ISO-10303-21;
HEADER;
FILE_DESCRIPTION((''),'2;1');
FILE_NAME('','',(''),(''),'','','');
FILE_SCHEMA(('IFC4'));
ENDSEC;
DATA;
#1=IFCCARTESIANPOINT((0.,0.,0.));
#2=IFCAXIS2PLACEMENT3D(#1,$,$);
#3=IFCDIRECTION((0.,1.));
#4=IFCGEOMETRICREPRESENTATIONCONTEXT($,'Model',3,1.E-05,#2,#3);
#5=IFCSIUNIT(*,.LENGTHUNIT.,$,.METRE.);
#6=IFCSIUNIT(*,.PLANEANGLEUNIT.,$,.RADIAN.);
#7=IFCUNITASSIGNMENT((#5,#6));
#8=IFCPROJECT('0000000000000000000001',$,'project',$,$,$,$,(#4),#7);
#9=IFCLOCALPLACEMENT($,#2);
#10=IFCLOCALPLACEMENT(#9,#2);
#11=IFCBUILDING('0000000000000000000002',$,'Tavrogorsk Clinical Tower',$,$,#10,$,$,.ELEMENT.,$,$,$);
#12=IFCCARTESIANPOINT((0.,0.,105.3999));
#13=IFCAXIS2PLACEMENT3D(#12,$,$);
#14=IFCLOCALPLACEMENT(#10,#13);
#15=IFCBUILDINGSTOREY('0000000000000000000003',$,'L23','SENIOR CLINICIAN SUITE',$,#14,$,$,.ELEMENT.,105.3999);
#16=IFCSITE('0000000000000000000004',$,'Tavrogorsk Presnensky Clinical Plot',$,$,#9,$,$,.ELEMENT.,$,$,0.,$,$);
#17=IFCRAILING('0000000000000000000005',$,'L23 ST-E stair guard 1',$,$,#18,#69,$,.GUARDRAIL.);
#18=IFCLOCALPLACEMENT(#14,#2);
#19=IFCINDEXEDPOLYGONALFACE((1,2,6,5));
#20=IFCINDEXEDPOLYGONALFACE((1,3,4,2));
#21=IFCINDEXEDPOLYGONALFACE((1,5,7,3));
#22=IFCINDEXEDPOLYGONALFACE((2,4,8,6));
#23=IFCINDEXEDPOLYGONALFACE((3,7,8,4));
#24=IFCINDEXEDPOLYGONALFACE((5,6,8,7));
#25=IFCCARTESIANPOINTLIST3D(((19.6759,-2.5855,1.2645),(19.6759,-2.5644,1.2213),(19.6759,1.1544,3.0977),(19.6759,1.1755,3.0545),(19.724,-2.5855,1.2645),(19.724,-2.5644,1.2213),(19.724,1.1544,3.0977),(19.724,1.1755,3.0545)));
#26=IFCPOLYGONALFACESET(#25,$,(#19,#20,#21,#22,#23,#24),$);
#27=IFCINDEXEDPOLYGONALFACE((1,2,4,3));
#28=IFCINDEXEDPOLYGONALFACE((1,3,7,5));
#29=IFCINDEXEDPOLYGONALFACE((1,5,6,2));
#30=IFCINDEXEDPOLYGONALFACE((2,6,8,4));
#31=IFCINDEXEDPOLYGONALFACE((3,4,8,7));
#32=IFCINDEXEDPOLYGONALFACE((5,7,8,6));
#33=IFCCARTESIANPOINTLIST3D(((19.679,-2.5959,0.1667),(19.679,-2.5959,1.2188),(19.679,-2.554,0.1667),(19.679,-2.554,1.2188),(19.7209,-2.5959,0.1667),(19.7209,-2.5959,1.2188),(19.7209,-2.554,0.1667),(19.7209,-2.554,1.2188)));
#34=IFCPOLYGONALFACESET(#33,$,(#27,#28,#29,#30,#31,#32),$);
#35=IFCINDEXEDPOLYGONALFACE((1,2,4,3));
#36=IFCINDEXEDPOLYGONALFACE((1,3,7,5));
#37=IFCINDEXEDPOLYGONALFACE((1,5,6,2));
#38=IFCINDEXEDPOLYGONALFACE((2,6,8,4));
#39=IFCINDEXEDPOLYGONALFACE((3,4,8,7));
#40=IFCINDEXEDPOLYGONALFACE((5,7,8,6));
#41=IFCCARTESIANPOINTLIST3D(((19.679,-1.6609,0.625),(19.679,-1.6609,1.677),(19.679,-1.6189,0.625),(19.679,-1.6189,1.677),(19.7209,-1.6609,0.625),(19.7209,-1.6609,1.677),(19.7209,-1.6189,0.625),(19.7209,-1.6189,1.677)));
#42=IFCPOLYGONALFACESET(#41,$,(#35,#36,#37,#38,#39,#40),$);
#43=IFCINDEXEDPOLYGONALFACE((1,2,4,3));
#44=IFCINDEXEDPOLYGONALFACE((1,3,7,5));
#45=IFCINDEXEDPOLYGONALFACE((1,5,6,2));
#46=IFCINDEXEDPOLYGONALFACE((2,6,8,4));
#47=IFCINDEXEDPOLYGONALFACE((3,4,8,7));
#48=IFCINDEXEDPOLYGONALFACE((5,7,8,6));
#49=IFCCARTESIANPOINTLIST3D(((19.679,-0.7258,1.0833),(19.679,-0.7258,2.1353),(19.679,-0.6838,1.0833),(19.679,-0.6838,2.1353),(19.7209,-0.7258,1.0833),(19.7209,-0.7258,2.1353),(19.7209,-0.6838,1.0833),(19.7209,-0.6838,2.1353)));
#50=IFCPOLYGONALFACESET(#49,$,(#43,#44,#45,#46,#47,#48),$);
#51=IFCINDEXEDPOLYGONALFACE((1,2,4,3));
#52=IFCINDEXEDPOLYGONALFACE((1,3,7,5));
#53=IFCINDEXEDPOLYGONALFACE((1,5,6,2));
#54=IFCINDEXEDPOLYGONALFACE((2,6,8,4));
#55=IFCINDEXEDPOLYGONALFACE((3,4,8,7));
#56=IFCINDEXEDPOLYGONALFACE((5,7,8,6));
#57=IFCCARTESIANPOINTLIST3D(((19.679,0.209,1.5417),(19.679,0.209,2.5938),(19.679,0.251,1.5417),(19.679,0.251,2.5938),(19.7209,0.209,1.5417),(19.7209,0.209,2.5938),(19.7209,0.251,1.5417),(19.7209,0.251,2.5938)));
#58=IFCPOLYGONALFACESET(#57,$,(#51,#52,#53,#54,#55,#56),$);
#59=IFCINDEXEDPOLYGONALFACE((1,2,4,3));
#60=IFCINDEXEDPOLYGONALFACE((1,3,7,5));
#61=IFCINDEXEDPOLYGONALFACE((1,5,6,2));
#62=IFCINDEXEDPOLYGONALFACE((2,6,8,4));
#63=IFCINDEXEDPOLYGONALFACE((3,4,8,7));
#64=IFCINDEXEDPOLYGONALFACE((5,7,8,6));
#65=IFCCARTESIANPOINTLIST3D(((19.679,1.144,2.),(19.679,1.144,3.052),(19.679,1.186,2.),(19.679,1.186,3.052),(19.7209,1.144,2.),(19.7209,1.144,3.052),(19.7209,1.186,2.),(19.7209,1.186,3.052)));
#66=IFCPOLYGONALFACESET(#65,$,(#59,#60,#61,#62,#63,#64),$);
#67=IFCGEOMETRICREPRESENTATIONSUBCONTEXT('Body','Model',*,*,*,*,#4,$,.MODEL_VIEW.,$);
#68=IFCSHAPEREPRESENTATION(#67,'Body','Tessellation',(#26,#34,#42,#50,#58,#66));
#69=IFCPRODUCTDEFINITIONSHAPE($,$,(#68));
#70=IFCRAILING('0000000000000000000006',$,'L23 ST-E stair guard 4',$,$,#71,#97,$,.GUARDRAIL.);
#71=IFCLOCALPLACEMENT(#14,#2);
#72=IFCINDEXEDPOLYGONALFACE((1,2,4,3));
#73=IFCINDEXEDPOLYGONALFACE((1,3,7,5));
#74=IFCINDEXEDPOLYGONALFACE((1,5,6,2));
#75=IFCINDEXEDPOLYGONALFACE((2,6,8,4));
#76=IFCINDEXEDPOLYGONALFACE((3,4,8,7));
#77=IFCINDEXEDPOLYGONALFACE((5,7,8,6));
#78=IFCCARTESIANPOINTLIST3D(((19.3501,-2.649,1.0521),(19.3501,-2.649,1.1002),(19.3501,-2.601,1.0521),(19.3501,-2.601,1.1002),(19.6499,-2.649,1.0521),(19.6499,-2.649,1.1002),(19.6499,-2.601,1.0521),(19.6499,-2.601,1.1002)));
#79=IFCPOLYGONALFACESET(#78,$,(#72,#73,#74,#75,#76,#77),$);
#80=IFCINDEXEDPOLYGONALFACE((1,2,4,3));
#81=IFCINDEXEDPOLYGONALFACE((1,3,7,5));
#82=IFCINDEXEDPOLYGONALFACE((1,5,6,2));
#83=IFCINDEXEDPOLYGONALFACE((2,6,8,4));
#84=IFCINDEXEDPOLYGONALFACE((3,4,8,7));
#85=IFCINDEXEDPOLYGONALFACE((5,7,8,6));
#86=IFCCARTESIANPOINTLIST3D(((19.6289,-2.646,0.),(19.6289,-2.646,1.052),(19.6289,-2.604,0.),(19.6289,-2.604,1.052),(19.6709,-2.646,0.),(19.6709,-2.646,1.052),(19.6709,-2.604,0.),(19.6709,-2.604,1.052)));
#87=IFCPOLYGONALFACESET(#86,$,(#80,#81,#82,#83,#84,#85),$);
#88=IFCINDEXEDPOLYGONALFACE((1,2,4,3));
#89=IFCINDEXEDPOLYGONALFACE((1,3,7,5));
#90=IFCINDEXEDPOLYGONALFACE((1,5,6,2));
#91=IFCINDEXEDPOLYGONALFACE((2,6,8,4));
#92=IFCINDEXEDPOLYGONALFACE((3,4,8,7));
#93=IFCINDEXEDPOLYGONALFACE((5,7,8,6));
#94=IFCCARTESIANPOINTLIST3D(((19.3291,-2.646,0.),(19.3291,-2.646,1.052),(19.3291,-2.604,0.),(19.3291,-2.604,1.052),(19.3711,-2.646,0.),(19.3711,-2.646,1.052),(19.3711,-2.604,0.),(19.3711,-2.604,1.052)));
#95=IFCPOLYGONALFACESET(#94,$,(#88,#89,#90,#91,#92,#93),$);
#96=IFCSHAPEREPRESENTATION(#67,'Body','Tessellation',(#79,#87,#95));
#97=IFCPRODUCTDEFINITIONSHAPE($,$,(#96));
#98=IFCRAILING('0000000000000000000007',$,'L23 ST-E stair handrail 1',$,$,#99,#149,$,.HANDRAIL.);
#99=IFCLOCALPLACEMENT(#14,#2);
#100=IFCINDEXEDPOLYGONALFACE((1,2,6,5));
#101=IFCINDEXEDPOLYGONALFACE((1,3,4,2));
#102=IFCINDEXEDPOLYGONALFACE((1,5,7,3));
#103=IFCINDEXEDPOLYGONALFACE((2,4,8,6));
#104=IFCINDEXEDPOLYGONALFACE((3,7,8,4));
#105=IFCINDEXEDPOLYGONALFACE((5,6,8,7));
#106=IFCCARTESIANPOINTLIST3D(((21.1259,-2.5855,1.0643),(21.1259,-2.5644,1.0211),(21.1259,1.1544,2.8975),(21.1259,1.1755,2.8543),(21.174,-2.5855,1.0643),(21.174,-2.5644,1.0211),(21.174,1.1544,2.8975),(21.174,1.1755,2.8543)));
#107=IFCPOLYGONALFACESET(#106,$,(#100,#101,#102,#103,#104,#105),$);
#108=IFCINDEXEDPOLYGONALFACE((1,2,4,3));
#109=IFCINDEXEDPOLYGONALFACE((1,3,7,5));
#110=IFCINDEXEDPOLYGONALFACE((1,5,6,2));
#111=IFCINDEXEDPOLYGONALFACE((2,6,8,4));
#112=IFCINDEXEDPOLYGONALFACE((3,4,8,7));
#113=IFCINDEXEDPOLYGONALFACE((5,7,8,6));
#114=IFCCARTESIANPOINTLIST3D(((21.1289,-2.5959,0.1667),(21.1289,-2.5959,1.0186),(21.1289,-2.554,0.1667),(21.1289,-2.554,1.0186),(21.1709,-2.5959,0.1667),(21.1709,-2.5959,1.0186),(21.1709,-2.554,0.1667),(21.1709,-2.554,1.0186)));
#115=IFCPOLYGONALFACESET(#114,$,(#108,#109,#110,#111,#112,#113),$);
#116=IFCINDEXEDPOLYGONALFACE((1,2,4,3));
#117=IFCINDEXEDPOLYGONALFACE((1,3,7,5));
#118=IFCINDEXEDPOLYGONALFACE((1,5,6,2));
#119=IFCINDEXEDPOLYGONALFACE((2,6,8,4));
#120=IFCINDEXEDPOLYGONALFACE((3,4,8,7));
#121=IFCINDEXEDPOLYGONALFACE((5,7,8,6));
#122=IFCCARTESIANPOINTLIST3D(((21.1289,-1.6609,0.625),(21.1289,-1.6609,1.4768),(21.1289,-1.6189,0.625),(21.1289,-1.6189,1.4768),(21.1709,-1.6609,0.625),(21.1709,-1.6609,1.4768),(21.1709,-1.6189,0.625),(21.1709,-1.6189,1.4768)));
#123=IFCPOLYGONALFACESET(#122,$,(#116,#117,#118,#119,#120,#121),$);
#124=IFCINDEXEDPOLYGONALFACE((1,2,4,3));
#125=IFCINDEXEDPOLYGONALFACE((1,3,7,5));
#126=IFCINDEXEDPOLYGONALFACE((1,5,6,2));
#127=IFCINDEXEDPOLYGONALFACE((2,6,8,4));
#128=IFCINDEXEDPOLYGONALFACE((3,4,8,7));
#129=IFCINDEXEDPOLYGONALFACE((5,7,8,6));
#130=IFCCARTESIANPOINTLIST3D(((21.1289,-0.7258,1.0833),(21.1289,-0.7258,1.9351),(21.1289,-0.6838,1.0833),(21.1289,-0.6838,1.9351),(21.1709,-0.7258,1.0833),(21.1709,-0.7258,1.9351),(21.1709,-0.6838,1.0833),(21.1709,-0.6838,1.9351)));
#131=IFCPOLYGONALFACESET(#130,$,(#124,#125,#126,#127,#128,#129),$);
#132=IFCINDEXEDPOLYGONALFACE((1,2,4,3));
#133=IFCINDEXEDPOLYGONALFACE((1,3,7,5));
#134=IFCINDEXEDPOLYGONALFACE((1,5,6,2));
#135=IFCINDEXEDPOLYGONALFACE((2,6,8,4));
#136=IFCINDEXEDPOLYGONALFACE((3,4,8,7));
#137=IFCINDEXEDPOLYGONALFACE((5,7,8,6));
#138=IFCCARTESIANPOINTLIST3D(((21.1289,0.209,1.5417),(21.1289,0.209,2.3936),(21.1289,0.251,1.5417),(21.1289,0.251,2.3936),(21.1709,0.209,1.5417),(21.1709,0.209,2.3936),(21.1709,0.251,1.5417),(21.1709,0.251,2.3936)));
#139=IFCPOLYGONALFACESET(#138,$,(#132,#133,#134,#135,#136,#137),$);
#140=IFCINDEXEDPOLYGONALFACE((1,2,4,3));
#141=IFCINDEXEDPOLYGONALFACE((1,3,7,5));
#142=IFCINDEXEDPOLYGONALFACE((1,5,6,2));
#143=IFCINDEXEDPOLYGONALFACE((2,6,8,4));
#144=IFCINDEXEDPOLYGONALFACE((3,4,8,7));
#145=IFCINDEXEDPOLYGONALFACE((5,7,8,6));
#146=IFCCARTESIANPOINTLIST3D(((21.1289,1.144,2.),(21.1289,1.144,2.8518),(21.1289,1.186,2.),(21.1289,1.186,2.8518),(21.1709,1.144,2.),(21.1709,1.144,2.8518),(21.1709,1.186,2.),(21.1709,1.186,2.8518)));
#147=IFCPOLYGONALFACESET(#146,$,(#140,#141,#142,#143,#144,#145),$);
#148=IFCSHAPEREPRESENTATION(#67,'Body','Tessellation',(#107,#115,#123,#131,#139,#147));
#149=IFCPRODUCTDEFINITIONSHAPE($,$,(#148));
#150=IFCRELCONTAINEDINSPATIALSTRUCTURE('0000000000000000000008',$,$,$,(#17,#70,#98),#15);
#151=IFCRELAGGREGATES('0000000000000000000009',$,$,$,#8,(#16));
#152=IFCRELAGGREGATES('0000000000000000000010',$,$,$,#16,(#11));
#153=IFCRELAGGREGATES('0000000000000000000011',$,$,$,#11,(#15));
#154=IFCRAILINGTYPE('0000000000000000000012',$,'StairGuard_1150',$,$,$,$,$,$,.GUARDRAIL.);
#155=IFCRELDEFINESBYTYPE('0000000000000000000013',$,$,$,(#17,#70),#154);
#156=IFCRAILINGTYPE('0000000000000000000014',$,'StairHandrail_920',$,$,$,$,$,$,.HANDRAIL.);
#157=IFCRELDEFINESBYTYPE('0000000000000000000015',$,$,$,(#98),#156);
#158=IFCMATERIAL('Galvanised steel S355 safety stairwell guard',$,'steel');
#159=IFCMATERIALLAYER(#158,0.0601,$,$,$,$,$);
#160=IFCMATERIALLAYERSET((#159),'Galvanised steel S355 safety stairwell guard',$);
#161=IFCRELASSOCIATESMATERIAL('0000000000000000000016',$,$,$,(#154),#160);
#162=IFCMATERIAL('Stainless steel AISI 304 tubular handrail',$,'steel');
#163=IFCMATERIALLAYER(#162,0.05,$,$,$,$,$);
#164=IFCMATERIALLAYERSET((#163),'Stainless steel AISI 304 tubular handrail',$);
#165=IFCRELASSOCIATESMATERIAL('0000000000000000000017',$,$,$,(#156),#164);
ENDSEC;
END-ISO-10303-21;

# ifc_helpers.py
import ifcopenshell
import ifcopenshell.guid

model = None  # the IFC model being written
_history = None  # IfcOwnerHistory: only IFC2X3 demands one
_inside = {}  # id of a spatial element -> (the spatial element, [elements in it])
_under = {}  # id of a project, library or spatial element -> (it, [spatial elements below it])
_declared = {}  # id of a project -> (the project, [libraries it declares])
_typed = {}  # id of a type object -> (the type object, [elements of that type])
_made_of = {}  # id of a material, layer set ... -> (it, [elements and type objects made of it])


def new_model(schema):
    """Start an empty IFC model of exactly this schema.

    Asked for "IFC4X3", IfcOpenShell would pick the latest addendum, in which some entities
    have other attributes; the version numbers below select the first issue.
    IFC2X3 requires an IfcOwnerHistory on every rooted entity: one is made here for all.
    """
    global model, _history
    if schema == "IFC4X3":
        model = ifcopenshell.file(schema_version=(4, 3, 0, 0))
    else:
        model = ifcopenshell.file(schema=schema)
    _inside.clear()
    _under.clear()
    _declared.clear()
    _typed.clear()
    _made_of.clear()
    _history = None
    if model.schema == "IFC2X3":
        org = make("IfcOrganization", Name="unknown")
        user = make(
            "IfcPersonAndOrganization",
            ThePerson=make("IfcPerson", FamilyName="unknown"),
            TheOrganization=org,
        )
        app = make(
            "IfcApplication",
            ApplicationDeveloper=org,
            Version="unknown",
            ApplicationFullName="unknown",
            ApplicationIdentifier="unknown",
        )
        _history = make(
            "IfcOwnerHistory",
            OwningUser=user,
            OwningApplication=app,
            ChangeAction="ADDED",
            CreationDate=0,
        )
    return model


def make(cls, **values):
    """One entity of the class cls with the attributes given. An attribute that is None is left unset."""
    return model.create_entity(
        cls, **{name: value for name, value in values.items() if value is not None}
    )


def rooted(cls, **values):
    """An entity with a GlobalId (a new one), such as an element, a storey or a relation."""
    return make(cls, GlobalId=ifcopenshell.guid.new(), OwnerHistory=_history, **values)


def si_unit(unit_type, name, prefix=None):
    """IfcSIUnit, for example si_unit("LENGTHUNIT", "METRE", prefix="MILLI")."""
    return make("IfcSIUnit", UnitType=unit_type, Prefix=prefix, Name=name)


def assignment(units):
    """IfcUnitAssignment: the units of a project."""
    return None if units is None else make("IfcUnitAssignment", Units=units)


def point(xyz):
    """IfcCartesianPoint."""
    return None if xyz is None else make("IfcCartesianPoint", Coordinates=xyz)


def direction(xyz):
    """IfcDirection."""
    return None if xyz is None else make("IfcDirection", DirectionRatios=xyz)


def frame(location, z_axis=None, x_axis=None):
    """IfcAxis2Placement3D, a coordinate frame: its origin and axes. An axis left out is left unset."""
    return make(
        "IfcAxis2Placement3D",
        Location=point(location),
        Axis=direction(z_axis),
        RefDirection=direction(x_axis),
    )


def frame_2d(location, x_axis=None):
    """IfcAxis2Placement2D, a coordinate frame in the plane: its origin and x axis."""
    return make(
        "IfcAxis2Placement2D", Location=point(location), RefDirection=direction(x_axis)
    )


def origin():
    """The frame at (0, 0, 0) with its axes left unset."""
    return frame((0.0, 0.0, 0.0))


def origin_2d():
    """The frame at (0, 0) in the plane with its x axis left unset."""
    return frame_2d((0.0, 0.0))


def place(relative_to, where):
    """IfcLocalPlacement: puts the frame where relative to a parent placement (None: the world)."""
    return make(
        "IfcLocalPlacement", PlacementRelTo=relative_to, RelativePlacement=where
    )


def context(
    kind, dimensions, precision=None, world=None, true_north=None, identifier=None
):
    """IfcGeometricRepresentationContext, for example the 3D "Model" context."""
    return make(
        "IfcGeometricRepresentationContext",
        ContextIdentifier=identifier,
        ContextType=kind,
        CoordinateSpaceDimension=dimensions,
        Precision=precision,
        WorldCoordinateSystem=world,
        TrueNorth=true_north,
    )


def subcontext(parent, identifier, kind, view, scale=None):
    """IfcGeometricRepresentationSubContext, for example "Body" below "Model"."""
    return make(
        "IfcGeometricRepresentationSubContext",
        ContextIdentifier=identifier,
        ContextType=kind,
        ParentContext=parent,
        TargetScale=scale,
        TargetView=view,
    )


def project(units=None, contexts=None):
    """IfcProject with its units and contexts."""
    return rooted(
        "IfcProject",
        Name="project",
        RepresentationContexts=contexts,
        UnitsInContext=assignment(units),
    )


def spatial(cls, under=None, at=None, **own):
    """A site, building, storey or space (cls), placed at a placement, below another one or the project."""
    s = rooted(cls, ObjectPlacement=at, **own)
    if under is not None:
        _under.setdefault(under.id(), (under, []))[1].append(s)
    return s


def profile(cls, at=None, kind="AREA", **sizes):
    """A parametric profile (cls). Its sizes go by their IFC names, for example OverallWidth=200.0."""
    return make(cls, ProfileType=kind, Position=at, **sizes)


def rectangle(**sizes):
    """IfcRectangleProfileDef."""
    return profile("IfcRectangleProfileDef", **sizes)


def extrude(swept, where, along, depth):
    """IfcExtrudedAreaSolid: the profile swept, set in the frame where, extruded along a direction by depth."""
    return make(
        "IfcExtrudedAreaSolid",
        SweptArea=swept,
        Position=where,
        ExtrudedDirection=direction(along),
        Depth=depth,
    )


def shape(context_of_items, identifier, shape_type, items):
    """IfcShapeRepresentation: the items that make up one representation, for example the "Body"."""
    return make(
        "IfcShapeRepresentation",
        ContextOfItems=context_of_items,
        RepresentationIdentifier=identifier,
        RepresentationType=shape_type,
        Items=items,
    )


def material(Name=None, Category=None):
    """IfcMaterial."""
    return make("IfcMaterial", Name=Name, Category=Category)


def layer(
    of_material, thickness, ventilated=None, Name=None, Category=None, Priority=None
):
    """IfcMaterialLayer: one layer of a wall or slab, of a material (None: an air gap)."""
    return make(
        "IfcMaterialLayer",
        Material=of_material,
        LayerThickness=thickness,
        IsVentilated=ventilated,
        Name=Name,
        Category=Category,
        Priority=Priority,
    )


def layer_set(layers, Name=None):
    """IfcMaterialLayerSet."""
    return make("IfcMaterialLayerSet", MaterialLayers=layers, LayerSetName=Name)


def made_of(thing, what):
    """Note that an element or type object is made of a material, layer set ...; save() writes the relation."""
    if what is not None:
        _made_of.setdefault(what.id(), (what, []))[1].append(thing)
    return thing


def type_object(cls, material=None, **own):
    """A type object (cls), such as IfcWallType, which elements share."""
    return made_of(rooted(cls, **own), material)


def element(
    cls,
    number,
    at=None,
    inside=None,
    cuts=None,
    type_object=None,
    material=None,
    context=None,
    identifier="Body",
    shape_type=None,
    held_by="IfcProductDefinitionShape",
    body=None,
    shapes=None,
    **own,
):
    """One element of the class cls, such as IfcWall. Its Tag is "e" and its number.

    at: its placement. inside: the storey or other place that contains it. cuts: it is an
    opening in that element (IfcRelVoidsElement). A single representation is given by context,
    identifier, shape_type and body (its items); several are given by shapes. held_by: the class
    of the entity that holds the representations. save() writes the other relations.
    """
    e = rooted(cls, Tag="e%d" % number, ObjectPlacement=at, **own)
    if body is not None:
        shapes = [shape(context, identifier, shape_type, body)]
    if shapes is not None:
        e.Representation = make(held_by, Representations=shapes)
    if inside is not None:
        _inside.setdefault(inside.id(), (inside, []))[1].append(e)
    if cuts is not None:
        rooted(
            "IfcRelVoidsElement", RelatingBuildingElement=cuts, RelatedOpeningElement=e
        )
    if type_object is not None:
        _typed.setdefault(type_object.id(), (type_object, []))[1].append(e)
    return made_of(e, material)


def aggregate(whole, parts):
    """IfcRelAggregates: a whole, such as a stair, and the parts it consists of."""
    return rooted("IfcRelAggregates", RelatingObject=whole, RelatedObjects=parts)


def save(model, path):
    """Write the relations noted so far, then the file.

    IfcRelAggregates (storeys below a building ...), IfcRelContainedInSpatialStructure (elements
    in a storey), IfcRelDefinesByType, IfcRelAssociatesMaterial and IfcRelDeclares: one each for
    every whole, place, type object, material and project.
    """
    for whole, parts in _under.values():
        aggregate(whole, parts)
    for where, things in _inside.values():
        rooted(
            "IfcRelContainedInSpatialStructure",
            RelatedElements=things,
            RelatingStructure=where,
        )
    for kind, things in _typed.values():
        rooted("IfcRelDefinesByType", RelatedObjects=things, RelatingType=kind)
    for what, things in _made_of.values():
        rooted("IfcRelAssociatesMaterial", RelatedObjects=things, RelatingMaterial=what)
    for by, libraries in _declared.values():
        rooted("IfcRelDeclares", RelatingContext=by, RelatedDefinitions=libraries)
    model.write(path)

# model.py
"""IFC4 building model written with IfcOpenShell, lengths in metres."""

from ifc_helpers import new_model, si_unit, direction, frame, origin, origin_2d, place, context, subcontext, project, spatial, rectangle, extrude, material, layer, layer_set, type_object, element, save


model = new_model("IFC4")

# Units and contexts
model_context = context("Model", 3, precision=1e-05, world=origin(), true_north=direction((0.0, 1.0)))
body_context = subcontext(model_context, "Body", "Model", "MODEL_VIEW")
ifc_project = project(units=[si_unit("LENGTHUNIT", "METRE"), si_unit("PLANEANGLEUNIT", "RADIAN")], contexts=[model_context])

# Site, building, storey
site_placement = place(None, origin())
site = spatial("IfcSite", under=ifc_project, at=site_placement, Name="Tavrogorsk Presnensky Clinical Plot", CompositionType="ELEMENT", RefElevation=0.0)
building_placement = place(site_placement, origin())
building = spatial("IfcBuilding", under=site, at=building_placement, Name="Tavrogorsk Clinical Tower", CompositionType="ELEMENT")
storey_placement = place(building_placement, frame((0.0, 0.0, 105.3999)))
storey = spatial("IfcBuildingStorey", under=building, at=storey_placement, Name="L23", Description="SENIOR CLINICIAN SUITE", CompositionType="ELEMENT", Elevation=105.3999)

# Railings
ifc_material_1 = material(Name="Galvanised steel S355 safety stairwell guard", Category="steel")
ifc_layer_1 = layer(ifc_material_1, 0.0601)
ifc_layer_set_1 = layer_set([ifc_layer_1], Name="Galvanised steel S355 safety stairwell guard")
railing_type_1 = type_object("IfcRailingType", Name="StairGuard_1150", PredefinedType="GUARDRAIL", material=ifc_layer_set_1)
railing_1_placement = place(storey_placement, frame((19.7, -2.575, 0.1667)))
element("IfcRailing", 1, at=railing_1_placement, inside=storey, type_object=railing_type_1, Name="L23 ST-E stair guard 1", PredefinedType="GUARDRAIL", context=body_context, shape_type="SweptSolid", body=[
    extrude(rectangle(XDim=0.0481, YDim=0.0481, at=origin_2d()), frame((0.0, 0.0, 1.0762), z_axis=(0.0, 0.897928, 0.440142), x_axis=(-1.0, 0.0, 0.0)), (0.0, 0.0, 1.0), 4.165),
    extrude(rectangle(XDim=0.042, YDim=0.042, at=origin_2d()), origin(), (0.0, 0.0, 1.0), 1.052),
    extrude(rectangle(XDim=0.042, YDim=0.042, at=origin_2d()), frame((0.0, 0.9351, 0.4583)), (0.0, 0.0, 1.0), 1.052),
    extrude(rectangle(XDim=0.042, YDim=0.042, at=origin_2d()), frame((0.0, 1.8701, 0.9165)), (0.0, 0.0, 1.0), 1.052),
    extrude(rectangle(XDim=0.042, YDim=0.042, at=origin_2d()), frame((0.0, 2.8049, 1.375)), (0.0, 0.0, 1.0), 1.052),
    extrude(rectangle(XDim=0.042, YDim=0.042, at=origin_2d()), frame((0.0, 3.74, 1.8333)), (0.0, 0.0, 1.0), 1.052),
])
railing_2_placement = place(storey_placement, frame((19.6499, -2.625, 0.0)))
element("IfcRailing", 2, at=railing_2_placement, inside=storey, type_object=railing_type_1, Name="L23 ST-E stair guard 4", PredefinedType="GUARDRAIL", context=body_context, shape_type="SweptSolid", body=[
    extrude(rectangle(XDim=0.0481, YDim=0.0481, at=origin_2d()), frame((0.0, 0.0, 1.0762), z_axis=(-1.0, 0.0, 0.0), x_axis=(0.0, -1.0, 0.0)), (0.0, 0.0, 1.0), 0.2998),
    extrude(rectangle(XDim=0.042, YDim=0.042, at=origin_2d()), origin(), (0.0, 0.0, 1.0), 1.052),
    extrude(rectangle(XDim=0.042, YDim=0.042, at=origin_2d()), frame((-0.2998, 0.0, 0.0)), (0.0, 0.0, 1.0), 1.052),
])
ifc_material_2 = material(Name="Stainless steel AISI 304 tubular handrail", Category="steel")
ifc_layer_2 = layer(ifc_material_2, 0.05)
ifc_layer_set_2 = layer_set([ifc_layer_2], Name="Stainless steel AISI 304 tubular handrail")
railing_type_2 = type_object("IfcRailingType", Name="StairHandrail_920", PredefinedType="HANDRAIL", material=ifc_layer_set_2)
railing_3_placement = place(storey_placement, frame((21.1499, -2.575, 0.1667)))
element("IfcRailing", 3, at=railing_3_placement, inside=storey, type_object=railing_type_2, Name="L23 ST-E stair handrail 1", PredefinedType="HANDRAIL", context=body_context, shape_type="SweptSolid", body=[
    extrude(rectangle(XDim=0.0481, YDim=0.0481, at=origin_2d()), frame((0.0, 0.0, 0.876), z_axis=(0.0, 0.897928, 0.440142), x_axis=(-1.0, 0.0, 0.0)), (0.0, 0.0, 1.0), 4.165),
    extrude(rectangle(XDim=0.042, YDim=0.042, at=origin_2d()), origin(), (0.0, 0.0, 1.0), 0.8518),
    extrude(rectangle(XDim=0.042, YDim=0.042, at=origin_2d()), frame((0.0, 0.9351, 0.4583)), (0.0, 0.0, 1.0), 0.8518),
    extrude(rectangle(XDim=0.042, YDim=0.042, at=origin_2d()), frame((0.0, 1.8701, 0.9165)), (0.0, 0.0, 1.0), 0.8518),
    extrude(rectangle(XDim=0.042, YDim=0.042, at=origin_2d()), frame((0.0, 2.8049, 1.375)), (0.0, 0.0, 1.0), 0.8518),
    extrude(rectangle(XDim=0.042, YDim=0.042, at=origin_2d()), frame((0.0, 3.74, 1.8333)), (0.0, 0.0, 1.0), 0.8518),
])

save(model, "model.ifc")
